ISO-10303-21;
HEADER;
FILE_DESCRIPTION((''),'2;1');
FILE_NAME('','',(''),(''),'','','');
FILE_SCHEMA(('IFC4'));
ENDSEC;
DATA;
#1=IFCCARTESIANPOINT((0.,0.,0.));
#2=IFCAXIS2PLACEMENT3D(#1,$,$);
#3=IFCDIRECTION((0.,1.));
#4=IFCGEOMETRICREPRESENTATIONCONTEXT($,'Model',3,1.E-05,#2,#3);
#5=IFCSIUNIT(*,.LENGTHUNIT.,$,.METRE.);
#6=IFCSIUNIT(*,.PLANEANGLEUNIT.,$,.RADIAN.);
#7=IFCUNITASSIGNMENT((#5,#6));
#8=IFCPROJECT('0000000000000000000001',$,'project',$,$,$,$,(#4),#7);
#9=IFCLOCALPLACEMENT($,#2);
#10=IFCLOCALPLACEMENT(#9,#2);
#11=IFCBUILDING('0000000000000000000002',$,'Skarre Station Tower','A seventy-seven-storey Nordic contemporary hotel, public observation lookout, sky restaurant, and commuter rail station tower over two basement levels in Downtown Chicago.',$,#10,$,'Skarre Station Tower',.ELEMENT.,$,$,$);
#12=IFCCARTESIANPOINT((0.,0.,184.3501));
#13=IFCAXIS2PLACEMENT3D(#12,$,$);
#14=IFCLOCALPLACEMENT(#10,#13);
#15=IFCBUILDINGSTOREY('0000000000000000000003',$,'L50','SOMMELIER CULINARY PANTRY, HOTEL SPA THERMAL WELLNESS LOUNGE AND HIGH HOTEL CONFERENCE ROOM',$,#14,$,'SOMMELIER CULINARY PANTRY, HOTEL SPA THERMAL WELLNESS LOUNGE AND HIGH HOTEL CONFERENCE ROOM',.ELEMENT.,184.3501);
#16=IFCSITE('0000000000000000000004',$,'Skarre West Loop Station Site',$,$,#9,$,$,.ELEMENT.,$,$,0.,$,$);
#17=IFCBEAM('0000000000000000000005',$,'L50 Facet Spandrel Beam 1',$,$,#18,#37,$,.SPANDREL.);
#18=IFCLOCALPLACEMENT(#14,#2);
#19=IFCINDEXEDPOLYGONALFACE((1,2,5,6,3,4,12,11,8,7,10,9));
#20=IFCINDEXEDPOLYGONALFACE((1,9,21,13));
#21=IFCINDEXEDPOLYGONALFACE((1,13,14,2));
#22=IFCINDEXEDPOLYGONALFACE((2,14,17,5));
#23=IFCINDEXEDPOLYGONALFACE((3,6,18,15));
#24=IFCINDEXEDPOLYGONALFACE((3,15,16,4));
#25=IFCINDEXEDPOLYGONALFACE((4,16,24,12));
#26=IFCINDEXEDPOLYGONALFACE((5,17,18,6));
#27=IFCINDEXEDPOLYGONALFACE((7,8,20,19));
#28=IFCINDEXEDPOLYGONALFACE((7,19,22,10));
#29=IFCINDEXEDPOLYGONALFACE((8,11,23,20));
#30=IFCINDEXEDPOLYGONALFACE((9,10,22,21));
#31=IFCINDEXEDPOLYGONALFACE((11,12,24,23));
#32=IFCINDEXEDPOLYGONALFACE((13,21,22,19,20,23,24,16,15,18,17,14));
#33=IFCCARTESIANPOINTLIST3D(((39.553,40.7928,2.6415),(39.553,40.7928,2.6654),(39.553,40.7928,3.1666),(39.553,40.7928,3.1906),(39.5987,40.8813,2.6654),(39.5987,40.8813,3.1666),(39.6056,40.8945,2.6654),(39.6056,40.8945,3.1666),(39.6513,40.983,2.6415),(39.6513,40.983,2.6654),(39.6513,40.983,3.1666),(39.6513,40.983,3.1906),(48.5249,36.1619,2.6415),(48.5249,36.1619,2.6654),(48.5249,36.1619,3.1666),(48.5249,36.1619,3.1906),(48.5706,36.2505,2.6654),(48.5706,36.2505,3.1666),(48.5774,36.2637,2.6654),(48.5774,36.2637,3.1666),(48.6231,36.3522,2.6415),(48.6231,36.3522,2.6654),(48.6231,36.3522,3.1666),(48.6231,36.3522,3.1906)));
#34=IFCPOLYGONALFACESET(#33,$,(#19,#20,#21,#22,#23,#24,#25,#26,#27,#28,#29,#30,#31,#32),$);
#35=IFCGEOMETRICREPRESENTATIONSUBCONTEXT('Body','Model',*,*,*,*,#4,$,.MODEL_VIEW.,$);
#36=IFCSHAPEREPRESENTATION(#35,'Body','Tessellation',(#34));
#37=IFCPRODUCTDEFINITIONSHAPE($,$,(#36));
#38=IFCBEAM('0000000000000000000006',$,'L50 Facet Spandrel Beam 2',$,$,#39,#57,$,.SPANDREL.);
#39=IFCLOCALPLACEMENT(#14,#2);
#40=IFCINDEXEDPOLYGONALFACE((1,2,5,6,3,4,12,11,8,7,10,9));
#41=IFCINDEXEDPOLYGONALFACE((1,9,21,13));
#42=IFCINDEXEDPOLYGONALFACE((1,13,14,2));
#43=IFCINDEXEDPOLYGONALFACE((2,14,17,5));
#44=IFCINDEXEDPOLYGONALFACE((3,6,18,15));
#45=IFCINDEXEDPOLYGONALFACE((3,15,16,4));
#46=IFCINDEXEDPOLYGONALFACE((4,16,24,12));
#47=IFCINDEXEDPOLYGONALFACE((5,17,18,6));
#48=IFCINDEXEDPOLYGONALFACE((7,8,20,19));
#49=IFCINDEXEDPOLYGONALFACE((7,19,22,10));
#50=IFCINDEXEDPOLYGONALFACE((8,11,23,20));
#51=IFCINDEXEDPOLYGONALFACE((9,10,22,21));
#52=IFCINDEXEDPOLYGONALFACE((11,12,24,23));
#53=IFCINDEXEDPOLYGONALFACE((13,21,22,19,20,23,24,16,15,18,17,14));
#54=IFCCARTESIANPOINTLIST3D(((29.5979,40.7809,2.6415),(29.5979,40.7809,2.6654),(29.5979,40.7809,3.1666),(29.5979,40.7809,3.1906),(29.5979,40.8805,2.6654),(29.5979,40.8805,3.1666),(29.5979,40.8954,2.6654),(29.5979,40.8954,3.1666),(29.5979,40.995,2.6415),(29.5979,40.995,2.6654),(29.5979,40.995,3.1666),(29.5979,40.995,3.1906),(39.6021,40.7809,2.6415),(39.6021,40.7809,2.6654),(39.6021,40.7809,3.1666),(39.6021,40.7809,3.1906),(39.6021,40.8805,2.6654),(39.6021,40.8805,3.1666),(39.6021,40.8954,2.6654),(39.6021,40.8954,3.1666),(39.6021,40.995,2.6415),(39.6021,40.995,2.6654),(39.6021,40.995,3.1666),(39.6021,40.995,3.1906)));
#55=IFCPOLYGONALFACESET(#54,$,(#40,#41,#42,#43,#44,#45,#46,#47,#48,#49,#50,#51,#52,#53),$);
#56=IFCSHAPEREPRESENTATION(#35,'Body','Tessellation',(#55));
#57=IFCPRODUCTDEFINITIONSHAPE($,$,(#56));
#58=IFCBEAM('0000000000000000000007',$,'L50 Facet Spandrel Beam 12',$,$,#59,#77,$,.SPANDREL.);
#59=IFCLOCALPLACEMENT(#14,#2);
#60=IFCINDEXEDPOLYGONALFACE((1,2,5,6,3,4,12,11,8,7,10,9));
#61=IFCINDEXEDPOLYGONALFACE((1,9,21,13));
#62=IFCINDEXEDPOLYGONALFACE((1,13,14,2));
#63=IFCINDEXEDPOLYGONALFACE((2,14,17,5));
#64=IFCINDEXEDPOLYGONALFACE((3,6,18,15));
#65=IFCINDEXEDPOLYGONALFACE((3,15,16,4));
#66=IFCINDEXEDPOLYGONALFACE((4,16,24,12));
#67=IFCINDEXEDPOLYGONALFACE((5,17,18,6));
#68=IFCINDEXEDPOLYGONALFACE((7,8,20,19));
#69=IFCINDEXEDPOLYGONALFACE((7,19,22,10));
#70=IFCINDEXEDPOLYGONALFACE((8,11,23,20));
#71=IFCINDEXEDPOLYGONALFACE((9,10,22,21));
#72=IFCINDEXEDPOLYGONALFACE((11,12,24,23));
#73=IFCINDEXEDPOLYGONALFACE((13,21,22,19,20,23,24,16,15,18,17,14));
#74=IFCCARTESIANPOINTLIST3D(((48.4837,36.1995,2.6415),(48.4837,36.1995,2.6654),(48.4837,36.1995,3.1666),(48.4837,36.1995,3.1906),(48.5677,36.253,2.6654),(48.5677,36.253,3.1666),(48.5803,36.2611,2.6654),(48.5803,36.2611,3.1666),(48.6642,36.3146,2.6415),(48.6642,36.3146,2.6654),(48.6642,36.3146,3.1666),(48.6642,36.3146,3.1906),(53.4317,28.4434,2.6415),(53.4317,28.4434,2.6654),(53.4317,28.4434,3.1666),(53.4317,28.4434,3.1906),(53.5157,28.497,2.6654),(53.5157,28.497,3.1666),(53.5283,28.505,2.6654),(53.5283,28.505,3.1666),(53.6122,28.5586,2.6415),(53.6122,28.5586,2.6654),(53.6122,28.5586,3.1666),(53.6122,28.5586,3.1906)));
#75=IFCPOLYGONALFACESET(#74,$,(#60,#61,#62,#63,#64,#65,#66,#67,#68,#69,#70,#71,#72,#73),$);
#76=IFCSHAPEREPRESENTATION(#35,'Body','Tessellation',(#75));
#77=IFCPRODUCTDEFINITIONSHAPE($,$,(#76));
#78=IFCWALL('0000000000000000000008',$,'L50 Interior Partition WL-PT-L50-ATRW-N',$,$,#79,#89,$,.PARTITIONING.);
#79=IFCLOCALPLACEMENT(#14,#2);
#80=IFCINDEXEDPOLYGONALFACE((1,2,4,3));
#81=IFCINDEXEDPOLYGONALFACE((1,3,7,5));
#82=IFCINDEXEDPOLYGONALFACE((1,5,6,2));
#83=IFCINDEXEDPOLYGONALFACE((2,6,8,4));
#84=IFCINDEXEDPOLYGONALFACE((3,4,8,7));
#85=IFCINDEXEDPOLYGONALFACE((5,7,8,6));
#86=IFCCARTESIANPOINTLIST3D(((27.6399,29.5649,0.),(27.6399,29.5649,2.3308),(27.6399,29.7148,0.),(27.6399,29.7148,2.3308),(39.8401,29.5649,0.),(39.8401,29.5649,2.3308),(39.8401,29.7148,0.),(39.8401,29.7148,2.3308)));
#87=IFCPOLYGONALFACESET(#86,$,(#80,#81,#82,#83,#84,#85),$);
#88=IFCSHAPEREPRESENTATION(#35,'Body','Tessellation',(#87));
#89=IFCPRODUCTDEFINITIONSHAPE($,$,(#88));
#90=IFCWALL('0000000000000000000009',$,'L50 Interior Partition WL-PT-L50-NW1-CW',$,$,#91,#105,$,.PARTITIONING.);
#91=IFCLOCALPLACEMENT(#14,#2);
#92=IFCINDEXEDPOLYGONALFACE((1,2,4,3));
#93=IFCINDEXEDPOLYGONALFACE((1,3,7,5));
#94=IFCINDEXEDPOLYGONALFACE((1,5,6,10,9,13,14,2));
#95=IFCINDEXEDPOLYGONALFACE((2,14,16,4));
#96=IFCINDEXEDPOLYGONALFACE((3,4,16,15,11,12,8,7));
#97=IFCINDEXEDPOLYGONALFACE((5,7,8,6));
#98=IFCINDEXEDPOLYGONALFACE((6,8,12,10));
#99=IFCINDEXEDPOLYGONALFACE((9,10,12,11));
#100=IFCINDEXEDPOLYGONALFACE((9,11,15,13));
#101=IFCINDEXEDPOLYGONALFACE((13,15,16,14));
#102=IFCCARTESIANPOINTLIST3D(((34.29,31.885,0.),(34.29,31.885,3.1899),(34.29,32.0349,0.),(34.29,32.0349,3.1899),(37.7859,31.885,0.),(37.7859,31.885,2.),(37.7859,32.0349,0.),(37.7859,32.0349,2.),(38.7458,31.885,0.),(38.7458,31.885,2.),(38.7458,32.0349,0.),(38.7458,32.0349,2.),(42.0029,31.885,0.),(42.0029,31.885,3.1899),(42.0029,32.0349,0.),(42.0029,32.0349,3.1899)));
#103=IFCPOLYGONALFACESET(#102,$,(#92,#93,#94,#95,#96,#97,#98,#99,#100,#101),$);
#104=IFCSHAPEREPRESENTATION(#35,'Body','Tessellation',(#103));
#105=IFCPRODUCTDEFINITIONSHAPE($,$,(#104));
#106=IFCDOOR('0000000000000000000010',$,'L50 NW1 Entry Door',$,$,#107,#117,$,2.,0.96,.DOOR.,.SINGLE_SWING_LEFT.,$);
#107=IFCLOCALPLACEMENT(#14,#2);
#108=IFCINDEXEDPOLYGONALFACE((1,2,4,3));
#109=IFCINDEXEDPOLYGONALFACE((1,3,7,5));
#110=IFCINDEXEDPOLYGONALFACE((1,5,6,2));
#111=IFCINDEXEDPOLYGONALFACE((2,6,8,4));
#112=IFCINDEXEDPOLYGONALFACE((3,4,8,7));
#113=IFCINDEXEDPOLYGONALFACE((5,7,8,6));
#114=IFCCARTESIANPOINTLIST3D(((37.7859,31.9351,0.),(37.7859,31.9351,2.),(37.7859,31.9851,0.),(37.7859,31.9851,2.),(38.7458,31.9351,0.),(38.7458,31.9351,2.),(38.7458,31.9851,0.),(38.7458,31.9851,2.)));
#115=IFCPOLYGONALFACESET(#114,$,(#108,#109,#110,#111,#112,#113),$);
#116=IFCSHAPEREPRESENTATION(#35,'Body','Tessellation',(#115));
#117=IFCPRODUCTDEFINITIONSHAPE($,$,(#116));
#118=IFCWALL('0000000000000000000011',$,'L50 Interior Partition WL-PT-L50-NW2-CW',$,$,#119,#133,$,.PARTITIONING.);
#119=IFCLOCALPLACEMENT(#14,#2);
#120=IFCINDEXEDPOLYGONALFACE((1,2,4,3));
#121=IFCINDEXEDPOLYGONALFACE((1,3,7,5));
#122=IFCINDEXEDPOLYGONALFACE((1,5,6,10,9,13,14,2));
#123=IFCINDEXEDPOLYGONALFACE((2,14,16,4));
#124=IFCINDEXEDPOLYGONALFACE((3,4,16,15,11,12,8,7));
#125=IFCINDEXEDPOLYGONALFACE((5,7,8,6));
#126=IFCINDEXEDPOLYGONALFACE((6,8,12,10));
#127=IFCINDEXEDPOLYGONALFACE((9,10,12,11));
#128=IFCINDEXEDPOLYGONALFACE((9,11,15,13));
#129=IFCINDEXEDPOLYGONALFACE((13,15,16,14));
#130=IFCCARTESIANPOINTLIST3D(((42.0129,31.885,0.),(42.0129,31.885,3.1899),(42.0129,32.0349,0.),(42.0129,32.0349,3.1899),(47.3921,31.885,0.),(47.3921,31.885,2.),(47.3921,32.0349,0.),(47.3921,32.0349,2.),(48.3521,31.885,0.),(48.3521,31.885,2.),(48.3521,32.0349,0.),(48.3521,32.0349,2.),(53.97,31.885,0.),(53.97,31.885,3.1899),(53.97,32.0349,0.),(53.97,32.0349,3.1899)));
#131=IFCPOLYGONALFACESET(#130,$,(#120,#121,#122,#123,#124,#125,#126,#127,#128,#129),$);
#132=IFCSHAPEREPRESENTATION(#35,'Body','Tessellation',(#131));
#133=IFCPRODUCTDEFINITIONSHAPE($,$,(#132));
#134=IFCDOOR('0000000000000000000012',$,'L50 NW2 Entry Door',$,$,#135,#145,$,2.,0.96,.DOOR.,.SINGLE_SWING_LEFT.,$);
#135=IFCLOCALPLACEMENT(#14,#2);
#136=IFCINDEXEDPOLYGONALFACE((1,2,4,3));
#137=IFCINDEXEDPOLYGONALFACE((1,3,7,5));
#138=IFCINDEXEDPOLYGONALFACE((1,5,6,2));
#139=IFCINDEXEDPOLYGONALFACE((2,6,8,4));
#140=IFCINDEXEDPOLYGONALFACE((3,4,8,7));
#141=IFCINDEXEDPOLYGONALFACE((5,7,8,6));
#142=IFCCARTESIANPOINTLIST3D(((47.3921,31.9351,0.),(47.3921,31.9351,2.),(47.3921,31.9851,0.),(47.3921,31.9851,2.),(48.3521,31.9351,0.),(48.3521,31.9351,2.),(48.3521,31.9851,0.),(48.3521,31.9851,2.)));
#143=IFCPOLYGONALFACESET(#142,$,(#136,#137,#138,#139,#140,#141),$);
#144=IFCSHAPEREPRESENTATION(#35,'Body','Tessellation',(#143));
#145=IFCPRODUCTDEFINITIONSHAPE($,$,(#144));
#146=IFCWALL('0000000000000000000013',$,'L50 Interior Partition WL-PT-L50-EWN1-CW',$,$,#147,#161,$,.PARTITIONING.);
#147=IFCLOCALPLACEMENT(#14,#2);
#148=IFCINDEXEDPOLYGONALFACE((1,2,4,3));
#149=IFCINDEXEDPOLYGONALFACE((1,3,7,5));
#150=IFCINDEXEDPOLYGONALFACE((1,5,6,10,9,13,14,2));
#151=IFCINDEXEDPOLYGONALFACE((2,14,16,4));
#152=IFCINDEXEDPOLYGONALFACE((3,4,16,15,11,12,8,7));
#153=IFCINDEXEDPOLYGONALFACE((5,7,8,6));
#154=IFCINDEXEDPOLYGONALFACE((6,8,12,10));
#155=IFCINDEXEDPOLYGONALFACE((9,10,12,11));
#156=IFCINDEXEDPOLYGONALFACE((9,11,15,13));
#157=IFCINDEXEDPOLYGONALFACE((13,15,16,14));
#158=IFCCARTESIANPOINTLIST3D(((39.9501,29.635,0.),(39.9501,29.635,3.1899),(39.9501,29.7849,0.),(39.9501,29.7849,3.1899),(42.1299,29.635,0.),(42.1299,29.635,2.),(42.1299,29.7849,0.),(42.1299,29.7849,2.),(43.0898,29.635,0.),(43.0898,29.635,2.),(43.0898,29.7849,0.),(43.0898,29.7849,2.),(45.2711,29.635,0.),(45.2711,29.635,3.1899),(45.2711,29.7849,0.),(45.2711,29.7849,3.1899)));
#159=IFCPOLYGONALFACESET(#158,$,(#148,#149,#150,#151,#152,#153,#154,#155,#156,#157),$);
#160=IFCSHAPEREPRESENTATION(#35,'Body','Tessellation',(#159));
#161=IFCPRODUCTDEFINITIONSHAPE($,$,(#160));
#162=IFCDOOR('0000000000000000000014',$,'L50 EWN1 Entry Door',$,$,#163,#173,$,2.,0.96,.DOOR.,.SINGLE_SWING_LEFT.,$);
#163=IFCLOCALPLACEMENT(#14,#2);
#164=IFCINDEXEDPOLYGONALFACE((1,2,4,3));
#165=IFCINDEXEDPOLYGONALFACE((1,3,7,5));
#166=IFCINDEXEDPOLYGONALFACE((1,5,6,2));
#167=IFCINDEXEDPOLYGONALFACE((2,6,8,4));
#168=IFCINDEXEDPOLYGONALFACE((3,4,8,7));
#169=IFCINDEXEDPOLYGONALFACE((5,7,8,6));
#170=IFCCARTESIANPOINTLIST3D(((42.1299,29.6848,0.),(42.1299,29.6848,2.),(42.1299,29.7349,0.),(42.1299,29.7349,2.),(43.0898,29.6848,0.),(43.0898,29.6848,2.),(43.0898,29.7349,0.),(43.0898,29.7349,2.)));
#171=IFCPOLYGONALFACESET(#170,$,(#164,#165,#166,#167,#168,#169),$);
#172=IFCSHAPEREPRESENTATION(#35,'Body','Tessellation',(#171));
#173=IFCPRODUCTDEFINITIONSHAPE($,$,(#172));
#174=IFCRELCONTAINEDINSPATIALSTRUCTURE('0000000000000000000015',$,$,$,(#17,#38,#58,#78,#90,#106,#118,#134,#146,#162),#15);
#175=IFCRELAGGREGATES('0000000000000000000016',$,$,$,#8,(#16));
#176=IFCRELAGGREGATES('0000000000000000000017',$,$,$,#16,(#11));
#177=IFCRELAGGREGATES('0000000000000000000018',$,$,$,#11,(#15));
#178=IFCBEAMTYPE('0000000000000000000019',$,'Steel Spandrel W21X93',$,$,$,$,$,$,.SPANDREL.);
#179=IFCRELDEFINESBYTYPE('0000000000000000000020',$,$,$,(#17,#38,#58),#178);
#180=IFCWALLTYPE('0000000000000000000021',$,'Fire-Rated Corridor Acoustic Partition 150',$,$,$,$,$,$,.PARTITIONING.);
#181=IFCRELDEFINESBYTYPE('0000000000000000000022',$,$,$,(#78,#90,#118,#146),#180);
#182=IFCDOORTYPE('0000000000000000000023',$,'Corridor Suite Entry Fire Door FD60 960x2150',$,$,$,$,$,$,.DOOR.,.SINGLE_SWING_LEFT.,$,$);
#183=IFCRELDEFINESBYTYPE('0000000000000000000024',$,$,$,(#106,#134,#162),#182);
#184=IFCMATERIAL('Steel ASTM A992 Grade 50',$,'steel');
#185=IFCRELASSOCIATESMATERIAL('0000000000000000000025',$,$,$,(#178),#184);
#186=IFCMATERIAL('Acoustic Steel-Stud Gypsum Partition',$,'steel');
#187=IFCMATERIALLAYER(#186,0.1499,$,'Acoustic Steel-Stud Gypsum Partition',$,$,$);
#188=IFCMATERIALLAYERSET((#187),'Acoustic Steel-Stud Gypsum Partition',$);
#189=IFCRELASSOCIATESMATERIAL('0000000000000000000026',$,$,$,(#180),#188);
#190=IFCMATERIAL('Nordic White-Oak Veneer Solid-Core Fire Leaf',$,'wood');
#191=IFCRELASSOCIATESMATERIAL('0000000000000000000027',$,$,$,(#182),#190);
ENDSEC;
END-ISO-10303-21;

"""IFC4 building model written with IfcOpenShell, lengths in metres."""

from ifc_helpers import new_model, si_unit, direction, frame, frame_2d, origin, origin_2d, place, context, subcontext, project, spatial, rectangle, i_section, extrude, material, layer, layer_set, material_profile, profile_set, type_object, element, fill, save


model = new_model("IFC4")

# Units and contexts
model_context = context("Model", 3, precision=1e-05, world=origin(), true_north=direction((0.0, 1.0)))
body_context = subcontext(model_context, "Body", "Model", "MODEL_VIEW")
ifc_project = project(units=[si_unit("LENGTHUNIT", "METRE"), si_unit("PLANEANGLEUNIT", "RADIAN")], contexts=[model_context])

# Site, building, storey
site_placement = place(None, origin())
site = spatial("IfcSite", under=ifc_project, at=site_placement, Name="Skarre West Loop Station Site", CompositionType="ELEMENT", RefElevation=0.0)
building_placement = place(site_placement, origin())
building = spatial("IfcBuilding", under=site, at=building_placement, Name="Skarre Station Tower", Description="A seventy-seven-storey Nordic contemporary hotel, public observation lookout, sky restaurant, and commuter rail station tower over two basement levels in Downtown Chicago.", LongName="Skarre Station Tower", CompositionType="ELEMENT")
storey_placement = place(building_placement, frame((0.0, 0.0, 184.3501)))
storey = spatial("IfcBuildingStorey", under=building, at=storey_placement, Name="L50", Description="SOMMELIER CULINARY PANTRY, HOTEL SPA THERMAL WELLNESS LOUNGE AND HIGH HOTEL CONFERENCE ROOM", LongName="SOMMELIER CULINARY PANTRY, HOTEL SPA THERMAL WELLNESS LOUNGE AND HIGH HOTEL CONFERENCE ROOM", CompositionType="ELEMENT", Elevation=184.3501)

# Beams
ifc_material_1 = material(Name="Steel ASTM A992 Grade 50", Category="steel")
ifc_material_profile_1 = material_profile(ifc_material_1, i_section(OverallWidth=0.2141, OverallDepth=0.5491, WebThickness=0.0149, FlangeThickness=0.0239, at=origin_2d()), Name="Steel ASTM A992 Grade 50")
ifc_profile_set_1 = profile_set([ifc_material_profile_1], Name="Steel ASTM A992 Grade 50")
beam_type_1 = type_object("IfcBeamType", Name="Steel Spandrel W21X93", PredefinedType="SPANDREL", material=ifc_profile_set_1)
beam_1_placement = place(storey_placement, frame((48.574, 36.2571, 2.916), z_axis=(-0.888613, 0.458658, 0.0), x_axis=(-0.458658, -0.888613, 0.0)))
element("IfcBeam", 1, at=beam_1_placement, inside=storey, type_object=beam_type_1, Name="L50 Facet Spandrel Beam 1", PredefinedType="SPANDREL", context=body_context, shape_type="SweptSolid", body=[
    extrude(i_section(OverallWidth=0.2141, OverallDepth=0.5491, WebThickness=0.0149, FlangeThickness=0.0239, at=origin_2d()), origin(), (0.0, 0.0, 1.0), 10.0964),
])
beam_2_placement = place(storey_placement, frame((39.6021, 40.8879, 2.916), z_axis=(-1.0, 0.0, 0.0), x_axis=(0.0, -1.0, 0.0)))
element("IfcBeam", 2, at=beam_2_placement, inside=storey, type_object=beam_type_1, Name="L50 Facet Spandrel Beam 2", PredefinedType="SPANDREL", context=body_context, shape_type="SweptSolid", body=[
    extrude(i_section(OverallWidth=0.2141, OverallDepth=0.5491, WebThickness=0.0149, FlangeThickness=0.0239, at=origin_2d()), origin(), (0.0, 0.0, 1.0), 10.0042),
])
beam_3_placement = place(storey_placement, frame((53.522, 28.501, 2.916), z_axis=(-0.537826, 0.843056, 0.0), x_axis=(-0.843056, -0.537826, 0.0)))
element("IfcBeam", 3, at=beam_3_placement, inside=storey, type_object=beam_type_1, Name="L50 Facet Spandrel Beam 12", PredefinedType="SPANDREL", context=body_context, shape_type="SweptSolid", body=[
    extrude(i_section(OverallWidth=0.2141, OverallDepth=0.5491, WebThickness=0.0149, FlangeThickness=0.0239, at=origin_2d()), origin(), (0.0, 0.0, 1.0), 9.2),
])

# Wall
ifc_material_2 = material(Name="Acoustic Steel-Stud Gypsum Partition", Category="steel")
ifc_layer_1 = layer(ifc_material_2, 0.1499, Name="Acoustic Steel-Stud Gypsum Partition")
ifc_layer_set_1 = layer_set([ifc_layer_1], Name="Acoustic Steel-Stud Gypsum Partition")
wall_type_1 = type_object("IfcWallType", Name="Fire-Rated Corridor Acoustic Partition 150", PredefinedType="PARTITIONING", material=ifc_layer_set_1)
wall_1_placement = place(storey_placement, frame((39.8401, 29.6399, 0.0), z_axis=(0.0, 0.0, 1.0), x_axis=(-1.0, 0.0, 0.0)))
element("IfcWall", 4, at=wall_1_placement, inside=storey, type_object=wall_type_1, Name="L50 Interior Partition WL-PT-L50-ATRW-N", PredefinedType="PARTITIONING", context=body_context, shape_type="SweptSolid", body=[
    extrude(rectangle(XDim=12.2002, YDim=0.1499, at=frame_2d((6.1001, 0.0))), origin(), (0.0, 0.0, 1.0), 2.3308),
])

# Walls, openings, doors
wall_2_placement = place(storey_placement, frame((42.0029, 31.96, 0.0), z_axis=(0.0, 0.0, 1.0), x_axis=(-1.0, 0.0, 0.0)))
wall_2 = element("IfcWall", 5, at=wall_2_placement, inside=storey, type_object=wall_type_1, Name="L50 Interior Partition WL-PT-L50-NW1-CW", PredefinedType="PARTITIONING", context=body_context, shape_type="SweptSolid", body=[
    extrude(rectangle(XDim=7.7129, YDim=0.1499, at=frame_2d((3.8564, 0.0))), origin(), (0.0, 0.0, 1.0), 3.1899),
])
opening_1_placement = place(wall_2_placement, frame((3.2571, 0.0, 0.0)))
opening_1 = element("IfcOpeningElement", 6, at=opening_1_placement, cuts=wall_2, PredefinedType="OPENING", context=body_context, shape_type="SweptSolid", body=[
    extrude(rectangle(XDim=0.96, YDim=2.0, at=frame_2d((0.48, 1.0))), frame((0.0, 0.085, 0.0), z_axis=(0.0, -1.0, 0.0), x_axis=(1.0, 0.0, 0.0)), (0.0, 0.0, 1.0), 0.1699),
])
ifc_material_3 = material(Name="Nordic White-Oak Veneer Solid-Core Fire Leaf", Category="wood")
door_type = type_object("IfcDoorType", Name="Corridor Suite Entry Fire Door FD60 960x2150", OperationType="SINGLE_SWING_LEFT", PredefinedType="DOOR", material=ifc_material_3)
door_1_placement = place(opening_1_placement, origin())
door_1 = element("IfcDoor", 7, at=door_1_placement, inside=storey, type_object=door_type, Name="L50 NW1 Entry Door", OperationType="SINGLE_SWING_LEFT", OverallHeight=2.0, OverallWidth=0.96, PredefinedType="DOOR", context=body_context, shape_type="SweptSolid", body=[
    extrude(rectangle(XDim=0.96, YDim=2.0, at=frame_2d((0.48, 1.0))), frame((0.0, 0.0249, 0.0), z_axis=(0.0, -1.0, 0.0), x_axis=(1.0, 0.0, 0.0)), (0.0, 0.0, 1.0), 0.05),
])
fill(opening_1, door_1)
wall_3_placement = place(storey_placement, frame((53.97, 31.96, 0.0), z_axis=(0.0, 0.0, 1.0), x_axis=(-1.0, 0.0, 0.0)))
wall_3 = element("IfcWall", 8, at=wall_3_placement, inside=storey, type_object=wall_type_1, Name="L50 Interior Partition WL-PT-L50-NW2-CW", PredefinedType="PARTITIONING", context=body_context, shape_type="SweptSolid", body=[
    extrude(rectangle(XDim=11.957, YDim=0.1499, at=frame_2d((5.9785, 0.0))), origin(), (0.0, 0.0, 1.0), 3.1899),
])
opening_2_placement = place(wall_3_placement, frame((5.6179, 0.0, 0.0)))
opening_2 = element("IfcOpeningElement", 9, at=opening_2_placement, cuts=wall_3, PredefinedType="OPENING", context=body_context, shape_type="SweptSolid", body=[
    extrude(rectangle(XDim=0.96, YDim=2.0, at=frame_2d((0.48, 1.0))), frame((0.0, 0.085, 0.0), z_axis=(0.0, -1.0, 0.0), x_axis=(1.0, 0.0, 0.0)), (0.0, 0.0, 1.0), 0.1699),
])
door_2_placement = place(opening_2_placement, origin())
door_2 = element("IfcDoor", 10, at=door_2_placement, inside=storey, type_object=door_type, Name="L50 NW2 Entry Door", OperationType="SINGLE_SWING_LEFT", OverallHeight=2.0, OverallWidth=0.96, PredefinedType="DOOR", context=body_context, shape_type="SweptSolid", body=[
    extrude(rectangle(XDim=0.96, YDim=2.0, at=frame_2d((0.48, 1.0))), frame((0.0, 0.0249, 0.0), z_axis=(0.0, -1.0, 0.0), x_axis=(1.0, 0.0, 0.0)), (0.0, 0.0, 1.0), 0.05),
])
fill(opening_2, door_2)
wall_4_placement = place(storey_placement, frame((39.95, 29.71, 0.0), z_axis=(0.0, 0.0, 1.0), x_axis=(1.0, 0.0, 0.0)))
wall_4 = element("IfcWall", 11, at=wall_4_placement, inside=storey, type_object=wall_type_1, Name="L50 Interior Partition WL-PT-L50-EWN1-CW", PredefinedType="PARTITIONING", context=body_context, shape_type="SweptSolid", body=[
    extrude(rectangle(XDim=5.321, YDim=0.1499, at=frame_2d((2.6606, 0.0))), origin(), (0.0, 0.0, 1.0), 3.1899),
])
opening_3_placement = place(wall_4_placement, frame((2.1799, 0.0, 0.0)))
opening_3 = element("IfcOpeningElement", 12, at=opening_3_placement, cuts=wall_4, PredefinedType="OPENING", context=body_context, shape_type="SweptSolid", body=[
    extrude(rectangle(XDim=0.96, YDim=2.0, at=frame_2d((0.48, 1.0))), frame((0.0, 0.085, 0.0), z_axis=(0.0, -1.0, 0.0), x_axis=(1.0, 0.0, 0.0)), (0.0, 0.0, 1.0), 0.1699),
])
door_3_placement = place(opening_3_placement, origin())
door_3 = element("IfcDoor", 13, at=door_3_placement, inside=storey, type_object=door_type, Name="L50 EWN1 Entry Door", OperationType="SINGLE_SWING_LEFT", OverallHeight=2.0, OverallWidth=0.96, PredefinedType="DOOR", context=body_context, shape_type="SweptSolid", body=[
    extrude(rectangle(XDim=0.96, YDim=2.0, at=frame_2d((0.48, 1.0))), frame((0.0, 0.0249, 0.0), z_axis=(0.0, -1.0, 0.0), x_axis=(1.0, 0.0, 0.0)), (0.0, 0.0, 1.0), 0.05),
])
fill(opening_3, door_3)

save(model, "model.ifc")
